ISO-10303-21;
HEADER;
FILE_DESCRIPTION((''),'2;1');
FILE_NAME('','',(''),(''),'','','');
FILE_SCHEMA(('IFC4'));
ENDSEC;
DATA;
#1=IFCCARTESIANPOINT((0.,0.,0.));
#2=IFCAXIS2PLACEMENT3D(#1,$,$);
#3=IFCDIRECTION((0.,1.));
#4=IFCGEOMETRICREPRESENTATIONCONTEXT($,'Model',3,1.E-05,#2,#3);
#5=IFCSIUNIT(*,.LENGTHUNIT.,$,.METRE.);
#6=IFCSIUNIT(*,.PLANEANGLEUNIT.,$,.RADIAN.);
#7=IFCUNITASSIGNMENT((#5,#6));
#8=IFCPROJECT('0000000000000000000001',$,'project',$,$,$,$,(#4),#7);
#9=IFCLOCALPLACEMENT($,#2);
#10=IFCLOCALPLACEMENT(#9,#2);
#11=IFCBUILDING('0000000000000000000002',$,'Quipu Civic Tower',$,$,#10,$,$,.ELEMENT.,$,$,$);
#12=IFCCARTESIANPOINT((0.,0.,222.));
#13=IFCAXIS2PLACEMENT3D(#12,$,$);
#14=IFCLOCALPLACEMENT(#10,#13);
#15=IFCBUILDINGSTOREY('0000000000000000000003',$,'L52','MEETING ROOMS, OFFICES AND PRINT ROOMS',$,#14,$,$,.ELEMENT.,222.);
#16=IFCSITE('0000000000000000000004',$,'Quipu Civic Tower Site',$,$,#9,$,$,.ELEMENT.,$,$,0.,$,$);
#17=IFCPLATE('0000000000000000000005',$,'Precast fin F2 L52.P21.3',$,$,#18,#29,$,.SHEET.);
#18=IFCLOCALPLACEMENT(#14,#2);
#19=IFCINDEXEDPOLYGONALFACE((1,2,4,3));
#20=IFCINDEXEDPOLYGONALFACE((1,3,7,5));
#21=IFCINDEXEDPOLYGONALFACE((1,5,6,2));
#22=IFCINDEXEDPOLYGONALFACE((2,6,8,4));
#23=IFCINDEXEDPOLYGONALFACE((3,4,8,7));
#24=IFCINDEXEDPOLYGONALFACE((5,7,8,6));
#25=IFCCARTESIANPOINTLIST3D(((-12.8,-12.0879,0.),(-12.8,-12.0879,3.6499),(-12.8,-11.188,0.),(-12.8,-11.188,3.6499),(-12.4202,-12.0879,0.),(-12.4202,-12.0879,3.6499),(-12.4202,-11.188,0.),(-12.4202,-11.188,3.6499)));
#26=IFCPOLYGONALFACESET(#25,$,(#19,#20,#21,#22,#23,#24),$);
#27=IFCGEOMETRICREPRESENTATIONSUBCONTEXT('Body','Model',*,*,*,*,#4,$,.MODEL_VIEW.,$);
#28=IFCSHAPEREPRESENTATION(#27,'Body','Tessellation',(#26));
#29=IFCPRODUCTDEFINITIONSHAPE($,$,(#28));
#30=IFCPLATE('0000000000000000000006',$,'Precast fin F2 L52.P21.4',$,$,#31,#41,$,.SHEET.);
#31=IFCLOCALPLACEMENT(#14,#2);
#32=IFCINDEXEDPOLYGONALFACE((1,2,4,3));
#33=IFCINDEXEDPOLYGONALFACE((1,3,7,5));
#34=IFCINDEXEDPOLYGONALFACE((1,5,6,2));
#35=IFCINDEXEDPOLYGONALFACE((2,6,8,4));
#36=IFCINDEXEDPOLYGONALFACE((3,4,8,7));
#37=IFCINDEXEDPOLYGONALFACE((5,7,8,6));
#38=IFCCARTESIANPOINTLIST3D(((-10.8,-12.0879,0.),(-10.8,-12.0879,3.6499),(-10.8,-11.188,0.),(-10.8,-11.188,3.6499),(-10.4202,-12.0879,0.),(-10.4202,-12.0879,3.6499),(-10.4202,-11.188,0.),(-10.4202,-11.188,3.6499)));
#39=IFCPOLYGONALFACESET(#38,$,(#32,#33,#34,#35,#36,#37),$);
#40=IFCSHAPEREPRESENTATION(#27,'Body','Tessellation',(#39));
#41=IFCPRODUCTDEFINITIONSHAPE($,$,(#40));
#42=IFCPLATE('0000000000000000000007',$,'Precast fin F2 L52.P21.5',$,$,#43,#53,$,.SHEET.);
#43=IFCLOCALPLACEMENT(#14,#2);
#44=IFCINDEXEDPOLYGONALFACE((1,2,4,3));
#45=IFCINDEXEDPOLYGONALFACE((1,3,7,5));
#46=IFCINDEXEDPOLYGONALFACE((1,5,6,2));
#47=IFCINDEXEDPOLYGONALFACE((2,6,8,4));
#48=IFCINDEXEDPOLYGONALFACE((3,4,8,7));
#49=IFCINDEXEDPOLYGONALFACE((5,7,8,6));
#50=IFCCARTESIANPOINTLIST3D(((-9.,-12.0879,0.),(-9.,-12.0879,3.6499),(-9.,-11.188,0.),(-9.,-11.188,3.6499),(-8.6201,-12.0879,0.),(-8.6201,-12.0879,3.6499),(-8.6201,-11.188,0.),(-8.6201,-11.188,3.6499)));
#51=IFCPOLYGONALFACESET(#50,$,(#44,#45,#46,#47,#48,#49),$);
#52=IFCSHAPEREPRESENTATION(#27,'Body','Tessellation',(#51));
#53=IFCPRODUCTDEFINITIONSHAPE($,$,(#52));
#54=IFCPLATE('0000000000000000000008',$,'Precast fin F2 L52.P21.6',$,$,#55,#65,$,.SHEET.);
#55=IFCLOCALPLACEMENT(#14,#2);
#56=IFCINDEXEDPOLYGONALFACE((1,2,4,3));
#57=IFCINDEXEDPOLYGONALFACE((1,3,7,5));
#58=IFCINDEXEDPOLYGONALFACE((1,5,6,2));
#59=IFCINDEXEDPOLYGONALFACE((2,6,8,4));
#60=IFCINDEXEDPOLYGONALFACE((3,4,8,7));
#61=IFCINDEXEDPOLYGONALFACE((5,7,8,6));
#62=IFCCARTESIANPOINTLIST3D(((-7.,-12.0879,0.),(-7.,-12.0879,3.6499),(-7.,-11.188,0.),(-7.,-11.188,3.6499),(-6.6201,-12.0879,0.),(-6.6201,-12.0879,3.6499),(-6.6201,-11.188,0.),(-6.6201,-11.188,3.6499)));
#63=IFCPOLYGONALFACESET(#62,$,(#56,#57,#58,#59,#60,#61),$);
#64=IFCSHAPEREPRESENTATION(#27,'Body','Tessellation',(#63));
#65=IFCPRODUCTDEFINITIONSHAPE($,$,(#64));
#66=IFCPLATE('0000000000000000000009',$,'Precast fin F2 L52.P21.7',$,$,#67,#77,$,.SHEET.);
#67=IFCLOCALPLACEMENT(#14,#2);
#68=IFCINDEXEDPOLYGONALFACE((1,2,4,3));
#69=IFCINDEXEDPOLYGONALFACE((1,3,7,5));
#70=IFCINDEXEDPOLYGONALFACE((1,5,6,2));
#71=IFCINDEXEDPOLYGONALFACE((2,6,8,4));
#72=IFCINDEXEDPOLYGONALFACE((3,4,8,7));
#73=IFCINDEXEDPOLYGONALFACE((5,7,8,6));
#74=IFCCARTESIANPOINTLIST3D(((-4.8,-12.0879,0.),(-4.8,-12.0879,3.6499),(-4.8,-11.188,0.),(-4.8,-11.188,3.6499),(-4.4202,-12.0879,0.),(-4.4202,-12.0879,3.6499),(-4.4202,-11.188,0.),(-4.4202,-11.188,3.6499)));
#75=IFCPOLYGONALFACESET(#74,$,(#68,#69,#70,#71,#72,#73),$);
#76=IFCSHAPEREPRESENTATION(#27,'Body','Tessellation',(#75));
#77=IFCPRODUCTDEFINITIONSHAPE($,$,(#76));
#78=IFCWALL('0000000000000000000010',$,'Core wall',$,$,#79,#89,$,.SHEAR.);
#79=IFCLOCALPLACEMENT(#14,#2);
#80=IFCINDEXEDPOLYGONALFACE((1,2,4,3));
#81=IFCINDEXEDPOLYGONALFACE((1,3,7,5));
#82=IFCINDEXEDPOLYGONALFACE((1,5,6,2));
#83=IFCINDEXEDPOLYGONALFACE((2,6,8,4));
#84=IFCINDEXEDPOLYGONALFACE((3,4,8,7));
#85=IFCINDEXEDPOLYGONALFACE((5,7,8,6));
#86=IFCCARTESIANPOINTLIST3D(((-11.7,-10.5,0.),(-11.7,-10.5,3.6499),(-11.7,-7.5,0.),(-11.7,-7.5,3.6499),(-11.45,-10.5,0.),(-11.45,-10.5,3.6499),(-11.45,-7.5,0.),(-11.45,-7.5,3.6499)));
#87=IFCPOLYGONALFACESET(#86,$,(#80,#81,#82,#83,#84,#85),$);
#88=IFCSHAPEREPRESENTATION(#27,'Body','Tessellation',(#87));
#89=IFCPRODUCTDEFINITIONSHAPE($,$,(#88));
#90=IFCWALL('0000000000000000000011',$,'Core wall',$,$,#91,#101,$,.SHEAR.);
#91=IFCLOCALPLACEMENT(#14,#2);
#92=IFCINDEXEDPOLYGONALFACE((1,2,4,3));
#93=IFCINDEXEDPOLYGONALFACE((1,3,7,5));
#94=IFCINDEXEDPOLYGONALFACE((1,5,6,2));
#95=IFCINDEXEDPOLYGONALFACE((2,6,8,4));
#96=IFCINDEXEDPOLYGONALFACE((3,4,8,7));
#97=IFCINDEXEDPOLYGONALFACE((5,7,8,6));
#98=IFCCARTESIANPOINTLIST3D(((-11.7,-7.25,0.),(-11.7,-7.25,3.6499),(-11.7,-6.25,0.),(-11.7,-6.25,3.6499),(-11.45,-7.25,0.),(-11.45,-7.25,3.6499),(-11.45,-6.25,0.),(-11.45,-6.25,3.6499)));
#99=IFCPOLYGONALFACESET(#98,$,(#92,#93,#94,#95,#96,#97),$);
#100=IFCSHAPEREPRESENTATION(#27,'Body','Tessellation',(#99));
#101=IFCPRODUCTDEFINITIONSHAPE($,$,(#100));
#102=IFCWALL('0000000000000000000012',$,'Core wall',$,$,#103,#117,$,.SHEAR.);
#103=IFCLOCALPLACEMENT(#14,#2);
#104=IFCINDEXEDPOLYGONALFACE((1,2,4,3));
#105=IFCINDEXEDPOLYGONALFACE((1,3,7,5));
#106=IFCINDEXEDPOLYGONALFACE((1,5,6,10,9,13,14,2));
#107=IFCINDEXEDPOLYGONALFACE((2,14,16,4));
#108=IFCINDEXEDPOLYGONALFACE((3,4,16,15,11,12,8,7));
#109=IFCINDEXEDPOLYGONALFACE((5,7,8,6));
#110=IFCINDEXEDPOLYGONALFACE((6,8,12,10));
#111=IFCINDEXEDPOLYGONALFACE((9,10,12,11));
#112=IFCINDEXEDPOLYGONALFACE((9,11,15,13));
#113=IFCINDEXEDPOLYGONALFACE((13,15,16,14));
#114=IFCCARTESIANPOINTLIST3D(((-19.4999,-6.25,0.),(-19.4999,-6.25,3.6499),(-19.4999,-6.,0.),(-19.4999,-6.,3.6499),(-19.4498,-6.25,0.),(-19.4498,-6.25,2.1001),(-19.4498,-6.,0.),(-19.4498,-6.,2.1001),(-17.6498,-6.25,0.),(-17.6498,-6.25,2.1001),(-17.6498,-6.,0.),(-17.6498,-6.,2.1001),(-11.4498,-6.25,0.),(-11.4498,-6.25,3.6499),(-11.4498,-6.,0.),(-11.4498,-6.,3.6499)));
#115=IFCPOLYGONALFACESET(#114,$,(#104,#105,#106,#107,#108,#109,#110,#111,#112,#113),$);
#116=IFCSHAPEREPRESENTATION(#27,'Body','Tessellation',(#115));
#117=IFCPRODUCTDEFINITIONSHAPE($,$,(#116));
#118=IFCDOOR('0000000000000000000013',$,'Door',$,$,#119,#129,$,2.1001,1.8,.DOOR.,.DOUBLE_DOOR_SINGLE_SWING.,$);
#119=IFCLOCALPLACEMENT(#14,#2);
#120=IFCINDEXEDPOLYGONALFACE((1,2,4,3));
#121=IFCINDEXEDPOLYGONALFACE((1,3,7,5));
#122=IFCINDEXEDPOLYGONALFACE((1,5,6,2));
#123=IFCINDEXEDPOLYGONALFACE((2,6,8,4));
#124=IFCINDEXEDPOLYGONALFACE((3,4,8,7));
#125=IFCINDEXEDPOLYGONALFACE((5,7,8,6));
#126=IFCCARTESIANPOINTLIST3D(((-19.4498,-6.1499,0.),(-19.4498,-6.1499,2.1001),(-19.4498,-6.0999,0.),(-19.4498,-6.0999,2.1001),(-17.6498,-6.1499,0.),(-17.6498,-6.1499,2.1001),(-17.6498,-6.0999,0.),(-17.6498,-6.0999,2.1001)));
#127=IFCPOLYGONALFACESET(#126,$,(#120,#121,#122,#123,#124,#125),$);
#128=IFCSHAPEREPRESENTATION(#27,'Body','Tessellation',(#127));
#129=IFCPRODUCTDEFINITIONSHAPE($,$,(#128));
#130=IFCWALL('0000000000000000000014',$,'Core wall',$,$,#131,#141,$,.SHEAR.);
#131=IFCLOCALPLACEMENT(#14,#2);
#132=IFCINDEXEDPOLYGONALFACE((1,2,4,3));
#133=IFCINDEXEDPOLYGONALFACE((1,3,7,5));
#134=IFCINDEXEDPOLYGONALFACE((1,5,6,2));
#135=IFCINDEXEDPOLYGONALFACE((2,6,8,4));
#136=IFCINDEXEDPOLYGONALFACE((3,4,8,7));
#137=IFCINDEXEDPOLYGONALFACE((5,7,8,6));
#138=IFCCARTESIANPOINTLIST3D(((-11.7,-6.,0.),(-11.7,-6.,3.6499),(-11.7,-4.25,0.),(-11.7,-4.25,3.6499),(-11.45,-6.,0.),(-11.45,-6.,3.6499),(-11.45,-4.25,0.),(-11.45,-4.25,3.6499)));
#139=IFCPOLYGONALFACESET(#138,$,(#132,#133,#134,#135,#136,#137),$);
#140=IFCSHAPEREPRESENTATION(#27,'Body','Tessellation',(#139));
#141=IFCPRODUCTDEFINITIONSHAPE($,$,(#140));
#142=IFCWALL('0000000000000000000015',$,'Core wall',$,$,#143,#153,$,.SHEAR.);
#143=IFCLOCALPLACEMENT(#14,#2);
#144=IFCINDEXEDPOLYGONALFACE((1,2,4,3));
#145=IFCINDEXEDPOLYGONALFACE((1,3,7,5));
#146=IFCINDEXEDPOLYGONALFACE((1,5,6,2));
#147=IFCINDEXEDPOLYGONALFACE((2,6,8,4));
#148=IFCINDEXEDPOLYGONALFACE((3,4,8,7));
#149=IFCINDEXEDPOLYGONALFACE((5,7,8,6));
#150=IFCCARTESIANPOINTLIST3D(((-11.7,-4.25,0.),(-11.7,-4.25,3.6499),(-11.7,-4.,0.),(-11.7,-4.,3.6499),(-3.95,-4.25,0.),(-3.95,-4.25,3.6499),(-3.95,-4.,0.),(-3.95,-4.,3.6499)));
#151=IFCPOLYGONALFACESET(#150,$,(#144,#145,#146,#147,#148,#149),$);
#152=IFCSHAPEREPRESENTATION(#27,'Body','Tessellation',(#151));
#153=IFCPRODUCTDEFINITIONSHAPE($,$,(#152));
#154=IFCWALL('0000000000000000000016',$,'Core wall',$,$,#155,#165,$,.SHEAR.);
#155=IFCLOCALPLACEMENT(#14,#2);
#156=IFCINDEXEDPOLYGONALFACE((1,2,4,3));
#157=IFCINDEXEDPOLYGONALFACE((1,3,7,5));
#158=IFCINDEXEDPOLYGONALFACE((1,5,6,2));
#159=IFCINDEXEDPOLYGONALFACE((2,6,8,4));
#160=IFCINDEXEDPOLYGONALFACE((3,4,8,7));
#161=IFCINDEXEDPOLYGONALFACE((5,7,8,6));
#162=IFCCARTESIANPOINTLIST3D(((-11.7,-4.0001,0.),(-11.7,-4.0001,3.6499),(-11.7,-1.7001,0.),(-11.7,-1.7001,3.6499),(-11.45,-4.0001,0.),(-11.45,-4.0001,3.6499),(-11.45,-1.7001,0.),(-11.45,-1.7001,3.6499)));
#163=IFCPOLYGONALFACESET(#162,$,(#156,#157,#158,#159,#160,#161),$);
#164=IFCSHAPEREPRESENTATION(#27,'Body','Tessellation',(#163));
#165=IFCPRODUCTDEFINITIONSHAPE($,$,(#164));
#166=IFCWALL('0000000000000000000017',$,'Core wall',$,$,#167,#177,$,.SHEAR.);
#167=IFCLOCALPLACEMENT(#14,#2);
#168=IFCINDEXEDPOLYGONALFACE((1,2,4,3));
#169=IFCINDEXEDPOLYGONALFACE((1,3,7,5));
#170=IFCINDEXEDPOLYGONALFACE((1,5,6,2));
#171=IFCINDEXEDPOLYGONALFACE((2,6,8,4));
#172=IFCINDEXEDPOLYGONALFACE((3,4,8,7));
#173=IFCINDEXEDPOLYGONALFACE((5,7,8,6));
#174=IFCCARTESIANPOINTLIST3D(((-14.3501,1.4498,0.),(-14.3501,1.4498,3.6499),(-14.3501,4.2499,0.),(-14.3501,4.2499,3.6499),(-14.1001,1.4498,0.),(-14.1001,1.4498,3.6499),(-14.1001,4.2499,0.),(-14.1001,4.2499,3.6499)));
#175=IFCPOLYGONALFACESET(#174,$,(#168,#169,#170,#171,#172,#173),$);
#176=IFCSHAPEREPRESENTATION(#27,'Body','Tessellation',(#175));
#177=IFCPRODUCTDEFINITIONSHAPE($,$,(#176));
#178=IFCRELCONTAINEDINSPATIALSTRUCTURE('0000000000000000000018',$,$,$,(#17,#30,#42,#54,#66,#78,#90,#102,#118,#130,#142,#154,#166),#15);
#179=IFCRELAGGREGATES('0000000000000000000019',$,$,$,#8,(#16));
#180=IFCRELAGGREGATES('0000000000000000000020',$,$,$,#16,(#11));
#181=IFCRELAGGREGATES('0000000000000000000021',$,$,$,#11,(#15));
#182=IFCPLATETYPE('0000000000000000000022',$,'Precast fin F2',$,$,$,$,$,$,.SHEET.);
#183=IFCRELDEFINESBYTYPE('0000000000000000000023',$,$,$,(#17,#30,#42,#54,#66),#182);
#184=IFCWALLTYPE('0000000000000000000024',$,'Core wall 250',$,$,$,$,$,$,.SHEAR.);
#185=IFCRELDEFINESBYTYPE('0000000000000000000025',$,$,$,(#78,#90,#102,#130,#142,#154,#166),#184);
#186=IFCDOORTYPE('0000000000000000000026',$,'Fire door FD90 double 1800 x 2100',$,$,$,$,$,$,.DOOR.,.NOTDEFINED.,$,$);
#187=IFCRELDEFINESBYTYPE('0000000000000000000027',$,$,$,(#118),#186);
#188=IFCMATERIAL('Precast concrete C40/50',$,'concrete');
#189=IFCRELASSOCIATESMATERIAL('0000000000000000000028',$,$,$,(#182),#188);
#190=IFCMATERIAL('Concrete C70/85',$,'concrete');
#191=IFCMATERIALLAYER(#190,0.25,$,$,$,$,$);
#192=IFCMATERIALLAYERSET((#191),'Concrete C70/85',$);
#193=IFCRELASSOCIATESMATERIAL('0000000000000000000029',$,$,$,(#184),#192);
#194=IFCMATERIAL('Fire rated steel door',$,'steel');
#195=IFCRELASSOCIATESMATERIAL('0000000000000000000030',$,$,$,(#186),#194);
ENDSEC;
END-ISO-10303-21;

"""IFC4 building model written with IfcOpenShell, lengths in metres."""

from ifc_helpers import new_model, si_unit, direction, frame, frame_2d, origin, origin_2d, place, context, subcontext, project, spatial, rectangle, extrude, material, layer, layer_set, type_object, element, fill, save


model = new_model("IFC4")

# Units and contexts
model_context = context("Model", 3, precision=1e-05, world=origin(), true_north=direction((0.0, 1.0)))
body_context = subcontext(model_context, "Body", "Model", "MODEL_VIEW")
ifc_project = project(units=[si_unit("LENGTHUNIT", "METRE"), si_unit("PLANEANGLEUNIT", "RADIAN")], contexts=[model_context])

# Site, building, storey
site_placement = place(None, origin())
site = spatial("IfcSite", under=ifc_project, at=site_placement, Name="Quipu Civic Tower Site", CompositionType="ELEMENT", RefElevation=0.0)
building_placement = place(site_placement, origin())
building = spatial("IfcBuilding", under=site, at=building_placement, Name="Quipu Civic Tower", CompositionType="ELEMENT")
storey_placement = place(building_placement, frame((0.0, 0.0, 222.0)))
storey = spatial("IfcBuildingStorey", under=building, at=storey_placement, Name="L52", Description="MEETING ROOMS, OFFICES AND PRINT ROOMS", CompositionType="ELEMENT", Elevation=222.0)

# Plates
ifc_material_1 = material(Name="Precast concrete C40/50", Category="concrete")
plate_type = type_object("IfcPlateType", Name="Precast fin F2", PredefinedType="SHEET", material=ifc_material_1)
for number, where, z_axis, x_axis, name in (
    (1, (-12.6101, -11.6379, 0.0), (0.0, 0.0, 1.0), (1.0, 0.0, 0.0), "Precast fin F2 L52.P21.3"),
    (2, (-10.6101, -11.6379, 0.0), (0.0, 0.0, 1.0), (1.0, 0.0, 0.0), "Precast fin F2 L52.P21.4"),
    (3, (-8.8101, -11.6379, 0.0), (0.0, 0.0, 1.0), (1.0, 0.0, 0.0), "Precast fin F2 L52.P21.5"),
    (4, (-6.8101, -11.6379, 0.0), (0.0, 0.0, 1.0), (1.0, 0.0, 0.0), "Precast fin F2 L52.P21.6"),
    (5, (-4.6101, -11.6379, 0.0), (0.0, 0.0, 1.0), (1.0, 0.0, 0.0), "Precast fin F2 L52.P21.7"),
):
    element("IfcPlate", number, at=place(storey_placement, frame(where, z_axis=z_axis, x_axis=x_axis)), inside=storey, type_object=plate_type, Name=name, PredefinedType="SHEET", context=body_context, shape_type="SweptSolid", body=[
        extrude(rectangle(XDim=0.3799, YDim=0.8999, at=origin_2d()), origin(), (0.0, 0.0, 1.0), 3.6499),
    ])

# Walls
ifc_material_2 = material(Name="Concrete C70/85", Category="concrete")
ifc_layer_1 = layer(ifc_material_2, 0.25)
ifc_layer_set_1 = layer_set([ifc_layer_1], Name="Concrete C70/85")
wall_type_1 = type_object("IfcWallType", Name="Core wall 250", PredefinedType="SHEAR", material=ifc_layer_set_1)
wall_1_placement = place(storey_placement, frame((-11.575, -10.5, 0.0), z_axis=(0.0, 0.0, 1.0), x_axis=(0.0, 1.0, 0.0)))
element("IfcWall", 6, at=wall_1_placement, inside=storey, type_object=wall_type_1, Name="Core wall", PredefinedType="SHEAR", context=body_context, shape_type="SweptSolid", body=[
    extrude(rectangle(XDim=3.0, YDim=0.25, at=frame_2d((1.5, 0.0))), origin(), (0.0, 0.0, 1.0), 3.6499),
])
wall_2_placement = place(storey_placement, frame((-11.575, -7.25, 0.0), z_axis=(0.0, 0.0, 1.0), x_axis=(0.0, 1.0, 0.0)))
element("IfcWall", 7, at=wall_2_placement, inside=storey, type_object=wall_type_1, Name="Core wall", PredefinedType="SHEAR", context=body_context, shape_type="SweptSolid", body=[
    extrude(rectangle(XDim=1.0, YDim=0.25, at=frame_2d((0.5, 0.0))), origin(), (0.0, 0.0, 1.0), 3.6499),
])

# Wall, opening, door
wall_3_placement = place(storey_placement, frame((-11.45, -6.125, 0.0), z_axis=(0.0, 0.0, 1.0), x_axis=(-1.0, 0.0, 0.0)))
wall_3 = element("IfcWall", 8, at=wall_3_placement, inside=storey, type_object=wall_type_1, Name="Core wall", PredefinedType="SHEAR", context=body_context, shape_type="SweptSolid", body=[
    extrude(rectangle(XDim=8.05, YDim=0.25, at=frame_2d((4.0249, 0.0))), origin(), (0.0, 0.0, 1.0), 3.6499),
])
opening_1_placement = place(wall_3_placement, frame((6.2, 0.0, 0.0)))
opening_1 = element("IfcOpeningElement", 9, at=opening_1_placement, cuts=wall_3, PredefinedType="OPENING", context=body_context, shape_type="SweptSolid", body=[
    extrude(rectangle(XDim=1.8, YDim=2.1001, at=frame_2d((0.8999, 1.05))), frame((0.0, 0.135, 0.0), z_axis=(0.0, -1.0, 0.0), x_axis=(1.0, 0.0, 0.0)), (0.0, 0.0, 1.0), 0.27),
])
ifc_material_3 = material(Name="Fire rated steel door", Category="steel")
door_type_1 = type_object("IfcDoorType", Name="Fire door FD90 double 1800 x 2100", OperationType="NOTDEFINED", PredefinedType="DOOR", material=ifc_material_3)
door_1_placement = place(opening_1_placement, origin())
door_1 = element("IfcDoor", 10, at=door_1_placement, inside=storey, type_object=door_type_1, Name="Door", OperationType="DOUBLE_DOOR_SINGLE_SWING", OverallHeight=2.1001, OverallWidth=1.8, PredefinedType="DOOR", context=body_context, shape_type="SweptSolid", body=[
    extrude(rectangle(XDim=1.8, YDim=2.1001, at=frame_2d((0.8999, 1.05))), frame((0.0, 0.0249, 0.0), z_axis=(0.0, -1.0, 0.0), x_axis=(1.0, 0.0, 0.0)), (0.0, 0.0, 1.0), 0.05),
])
fill(opening_1, door_1)

# Walls
wall_4_placement = place(storey_placement, frame((-11.575, -6.0, 0.0), z_axis=(0.0, 0.0, 1.0), x_axis=(0.0, 1.0, 0.0)))
element("IfcWall", 11, at=wall_4_placement, inside=storey, type_object=wall_type_1, Name="Core wall", PredefinedType="SHEAR", context=body_context, shape_type="SweptSolid", body=[
    extrude(rectangle(XDim=1.75, YDim=0.25, at=frame_2d((0.875, 0.0))), origin(), (0.0, 0.0, 1.0), 3.6499),
])
wall_5_placement = place(storey_placement, frame((-11.7, -4.125, 0.0), z_axis=(0.0, 0.0, 1.0), x_axis=(1.0, 0.0, 0.0)))
element("IfcWall", 12, at=wall_5_placement, inside=storey, type_object=wall_type_1, Name="Core wall", PredefinedType="SHEAR", context=body_context, shape_type="SweptSolid", body=[
    extrude(rectangle(XDim=7.75, YDim=0.25, at=frame_2d((3.875, 0.0))), origin(), (0.0, 0.0, 1.0), 3.6499),
])
wall_6_placement = place(storey_placement, frame((-11.575, -4.0, 0.0), z_axis=(0.0, 0.0, 1.0), x_axis=(0.0, 1.0, 0.0)))
element("IfcWall", 13, at=wall_6_placement, inside=storey, type_object=wall_type_1, Name="Core wall", PredefinedType="SHEAR", context=body_context, shape_type="SweptSolid", body=[
    extrude(rectangle(XDim=2.3, YDim=0.25, at=frame_2d((1.1499, 0.0))), origin(), (0.0, 0.0, 1.0), 3.6499),
])
wall_7_placement = place(storey_placement, frame((-14.2251, 1.45, 0.0), z_axis=(0.0, 0.0, 1.0), x_axis=(0.0, 1.0, 0.0)))
element("IfcWall", 14, at=wall_7_placement, inside=storey, type_object=wall_type_1, Name="Core wall", PredefinedType="SHEAR", context=body_context, shape_type="SweptSolid", body=[
    extrude(rectangle(XDim=2.8, YDim=0.25, at=frame_2d((1.3999, 0.0))), origin(), (0.0, 0.0, 1.0), 3.6499),
])

save(model, "model.ifc")
